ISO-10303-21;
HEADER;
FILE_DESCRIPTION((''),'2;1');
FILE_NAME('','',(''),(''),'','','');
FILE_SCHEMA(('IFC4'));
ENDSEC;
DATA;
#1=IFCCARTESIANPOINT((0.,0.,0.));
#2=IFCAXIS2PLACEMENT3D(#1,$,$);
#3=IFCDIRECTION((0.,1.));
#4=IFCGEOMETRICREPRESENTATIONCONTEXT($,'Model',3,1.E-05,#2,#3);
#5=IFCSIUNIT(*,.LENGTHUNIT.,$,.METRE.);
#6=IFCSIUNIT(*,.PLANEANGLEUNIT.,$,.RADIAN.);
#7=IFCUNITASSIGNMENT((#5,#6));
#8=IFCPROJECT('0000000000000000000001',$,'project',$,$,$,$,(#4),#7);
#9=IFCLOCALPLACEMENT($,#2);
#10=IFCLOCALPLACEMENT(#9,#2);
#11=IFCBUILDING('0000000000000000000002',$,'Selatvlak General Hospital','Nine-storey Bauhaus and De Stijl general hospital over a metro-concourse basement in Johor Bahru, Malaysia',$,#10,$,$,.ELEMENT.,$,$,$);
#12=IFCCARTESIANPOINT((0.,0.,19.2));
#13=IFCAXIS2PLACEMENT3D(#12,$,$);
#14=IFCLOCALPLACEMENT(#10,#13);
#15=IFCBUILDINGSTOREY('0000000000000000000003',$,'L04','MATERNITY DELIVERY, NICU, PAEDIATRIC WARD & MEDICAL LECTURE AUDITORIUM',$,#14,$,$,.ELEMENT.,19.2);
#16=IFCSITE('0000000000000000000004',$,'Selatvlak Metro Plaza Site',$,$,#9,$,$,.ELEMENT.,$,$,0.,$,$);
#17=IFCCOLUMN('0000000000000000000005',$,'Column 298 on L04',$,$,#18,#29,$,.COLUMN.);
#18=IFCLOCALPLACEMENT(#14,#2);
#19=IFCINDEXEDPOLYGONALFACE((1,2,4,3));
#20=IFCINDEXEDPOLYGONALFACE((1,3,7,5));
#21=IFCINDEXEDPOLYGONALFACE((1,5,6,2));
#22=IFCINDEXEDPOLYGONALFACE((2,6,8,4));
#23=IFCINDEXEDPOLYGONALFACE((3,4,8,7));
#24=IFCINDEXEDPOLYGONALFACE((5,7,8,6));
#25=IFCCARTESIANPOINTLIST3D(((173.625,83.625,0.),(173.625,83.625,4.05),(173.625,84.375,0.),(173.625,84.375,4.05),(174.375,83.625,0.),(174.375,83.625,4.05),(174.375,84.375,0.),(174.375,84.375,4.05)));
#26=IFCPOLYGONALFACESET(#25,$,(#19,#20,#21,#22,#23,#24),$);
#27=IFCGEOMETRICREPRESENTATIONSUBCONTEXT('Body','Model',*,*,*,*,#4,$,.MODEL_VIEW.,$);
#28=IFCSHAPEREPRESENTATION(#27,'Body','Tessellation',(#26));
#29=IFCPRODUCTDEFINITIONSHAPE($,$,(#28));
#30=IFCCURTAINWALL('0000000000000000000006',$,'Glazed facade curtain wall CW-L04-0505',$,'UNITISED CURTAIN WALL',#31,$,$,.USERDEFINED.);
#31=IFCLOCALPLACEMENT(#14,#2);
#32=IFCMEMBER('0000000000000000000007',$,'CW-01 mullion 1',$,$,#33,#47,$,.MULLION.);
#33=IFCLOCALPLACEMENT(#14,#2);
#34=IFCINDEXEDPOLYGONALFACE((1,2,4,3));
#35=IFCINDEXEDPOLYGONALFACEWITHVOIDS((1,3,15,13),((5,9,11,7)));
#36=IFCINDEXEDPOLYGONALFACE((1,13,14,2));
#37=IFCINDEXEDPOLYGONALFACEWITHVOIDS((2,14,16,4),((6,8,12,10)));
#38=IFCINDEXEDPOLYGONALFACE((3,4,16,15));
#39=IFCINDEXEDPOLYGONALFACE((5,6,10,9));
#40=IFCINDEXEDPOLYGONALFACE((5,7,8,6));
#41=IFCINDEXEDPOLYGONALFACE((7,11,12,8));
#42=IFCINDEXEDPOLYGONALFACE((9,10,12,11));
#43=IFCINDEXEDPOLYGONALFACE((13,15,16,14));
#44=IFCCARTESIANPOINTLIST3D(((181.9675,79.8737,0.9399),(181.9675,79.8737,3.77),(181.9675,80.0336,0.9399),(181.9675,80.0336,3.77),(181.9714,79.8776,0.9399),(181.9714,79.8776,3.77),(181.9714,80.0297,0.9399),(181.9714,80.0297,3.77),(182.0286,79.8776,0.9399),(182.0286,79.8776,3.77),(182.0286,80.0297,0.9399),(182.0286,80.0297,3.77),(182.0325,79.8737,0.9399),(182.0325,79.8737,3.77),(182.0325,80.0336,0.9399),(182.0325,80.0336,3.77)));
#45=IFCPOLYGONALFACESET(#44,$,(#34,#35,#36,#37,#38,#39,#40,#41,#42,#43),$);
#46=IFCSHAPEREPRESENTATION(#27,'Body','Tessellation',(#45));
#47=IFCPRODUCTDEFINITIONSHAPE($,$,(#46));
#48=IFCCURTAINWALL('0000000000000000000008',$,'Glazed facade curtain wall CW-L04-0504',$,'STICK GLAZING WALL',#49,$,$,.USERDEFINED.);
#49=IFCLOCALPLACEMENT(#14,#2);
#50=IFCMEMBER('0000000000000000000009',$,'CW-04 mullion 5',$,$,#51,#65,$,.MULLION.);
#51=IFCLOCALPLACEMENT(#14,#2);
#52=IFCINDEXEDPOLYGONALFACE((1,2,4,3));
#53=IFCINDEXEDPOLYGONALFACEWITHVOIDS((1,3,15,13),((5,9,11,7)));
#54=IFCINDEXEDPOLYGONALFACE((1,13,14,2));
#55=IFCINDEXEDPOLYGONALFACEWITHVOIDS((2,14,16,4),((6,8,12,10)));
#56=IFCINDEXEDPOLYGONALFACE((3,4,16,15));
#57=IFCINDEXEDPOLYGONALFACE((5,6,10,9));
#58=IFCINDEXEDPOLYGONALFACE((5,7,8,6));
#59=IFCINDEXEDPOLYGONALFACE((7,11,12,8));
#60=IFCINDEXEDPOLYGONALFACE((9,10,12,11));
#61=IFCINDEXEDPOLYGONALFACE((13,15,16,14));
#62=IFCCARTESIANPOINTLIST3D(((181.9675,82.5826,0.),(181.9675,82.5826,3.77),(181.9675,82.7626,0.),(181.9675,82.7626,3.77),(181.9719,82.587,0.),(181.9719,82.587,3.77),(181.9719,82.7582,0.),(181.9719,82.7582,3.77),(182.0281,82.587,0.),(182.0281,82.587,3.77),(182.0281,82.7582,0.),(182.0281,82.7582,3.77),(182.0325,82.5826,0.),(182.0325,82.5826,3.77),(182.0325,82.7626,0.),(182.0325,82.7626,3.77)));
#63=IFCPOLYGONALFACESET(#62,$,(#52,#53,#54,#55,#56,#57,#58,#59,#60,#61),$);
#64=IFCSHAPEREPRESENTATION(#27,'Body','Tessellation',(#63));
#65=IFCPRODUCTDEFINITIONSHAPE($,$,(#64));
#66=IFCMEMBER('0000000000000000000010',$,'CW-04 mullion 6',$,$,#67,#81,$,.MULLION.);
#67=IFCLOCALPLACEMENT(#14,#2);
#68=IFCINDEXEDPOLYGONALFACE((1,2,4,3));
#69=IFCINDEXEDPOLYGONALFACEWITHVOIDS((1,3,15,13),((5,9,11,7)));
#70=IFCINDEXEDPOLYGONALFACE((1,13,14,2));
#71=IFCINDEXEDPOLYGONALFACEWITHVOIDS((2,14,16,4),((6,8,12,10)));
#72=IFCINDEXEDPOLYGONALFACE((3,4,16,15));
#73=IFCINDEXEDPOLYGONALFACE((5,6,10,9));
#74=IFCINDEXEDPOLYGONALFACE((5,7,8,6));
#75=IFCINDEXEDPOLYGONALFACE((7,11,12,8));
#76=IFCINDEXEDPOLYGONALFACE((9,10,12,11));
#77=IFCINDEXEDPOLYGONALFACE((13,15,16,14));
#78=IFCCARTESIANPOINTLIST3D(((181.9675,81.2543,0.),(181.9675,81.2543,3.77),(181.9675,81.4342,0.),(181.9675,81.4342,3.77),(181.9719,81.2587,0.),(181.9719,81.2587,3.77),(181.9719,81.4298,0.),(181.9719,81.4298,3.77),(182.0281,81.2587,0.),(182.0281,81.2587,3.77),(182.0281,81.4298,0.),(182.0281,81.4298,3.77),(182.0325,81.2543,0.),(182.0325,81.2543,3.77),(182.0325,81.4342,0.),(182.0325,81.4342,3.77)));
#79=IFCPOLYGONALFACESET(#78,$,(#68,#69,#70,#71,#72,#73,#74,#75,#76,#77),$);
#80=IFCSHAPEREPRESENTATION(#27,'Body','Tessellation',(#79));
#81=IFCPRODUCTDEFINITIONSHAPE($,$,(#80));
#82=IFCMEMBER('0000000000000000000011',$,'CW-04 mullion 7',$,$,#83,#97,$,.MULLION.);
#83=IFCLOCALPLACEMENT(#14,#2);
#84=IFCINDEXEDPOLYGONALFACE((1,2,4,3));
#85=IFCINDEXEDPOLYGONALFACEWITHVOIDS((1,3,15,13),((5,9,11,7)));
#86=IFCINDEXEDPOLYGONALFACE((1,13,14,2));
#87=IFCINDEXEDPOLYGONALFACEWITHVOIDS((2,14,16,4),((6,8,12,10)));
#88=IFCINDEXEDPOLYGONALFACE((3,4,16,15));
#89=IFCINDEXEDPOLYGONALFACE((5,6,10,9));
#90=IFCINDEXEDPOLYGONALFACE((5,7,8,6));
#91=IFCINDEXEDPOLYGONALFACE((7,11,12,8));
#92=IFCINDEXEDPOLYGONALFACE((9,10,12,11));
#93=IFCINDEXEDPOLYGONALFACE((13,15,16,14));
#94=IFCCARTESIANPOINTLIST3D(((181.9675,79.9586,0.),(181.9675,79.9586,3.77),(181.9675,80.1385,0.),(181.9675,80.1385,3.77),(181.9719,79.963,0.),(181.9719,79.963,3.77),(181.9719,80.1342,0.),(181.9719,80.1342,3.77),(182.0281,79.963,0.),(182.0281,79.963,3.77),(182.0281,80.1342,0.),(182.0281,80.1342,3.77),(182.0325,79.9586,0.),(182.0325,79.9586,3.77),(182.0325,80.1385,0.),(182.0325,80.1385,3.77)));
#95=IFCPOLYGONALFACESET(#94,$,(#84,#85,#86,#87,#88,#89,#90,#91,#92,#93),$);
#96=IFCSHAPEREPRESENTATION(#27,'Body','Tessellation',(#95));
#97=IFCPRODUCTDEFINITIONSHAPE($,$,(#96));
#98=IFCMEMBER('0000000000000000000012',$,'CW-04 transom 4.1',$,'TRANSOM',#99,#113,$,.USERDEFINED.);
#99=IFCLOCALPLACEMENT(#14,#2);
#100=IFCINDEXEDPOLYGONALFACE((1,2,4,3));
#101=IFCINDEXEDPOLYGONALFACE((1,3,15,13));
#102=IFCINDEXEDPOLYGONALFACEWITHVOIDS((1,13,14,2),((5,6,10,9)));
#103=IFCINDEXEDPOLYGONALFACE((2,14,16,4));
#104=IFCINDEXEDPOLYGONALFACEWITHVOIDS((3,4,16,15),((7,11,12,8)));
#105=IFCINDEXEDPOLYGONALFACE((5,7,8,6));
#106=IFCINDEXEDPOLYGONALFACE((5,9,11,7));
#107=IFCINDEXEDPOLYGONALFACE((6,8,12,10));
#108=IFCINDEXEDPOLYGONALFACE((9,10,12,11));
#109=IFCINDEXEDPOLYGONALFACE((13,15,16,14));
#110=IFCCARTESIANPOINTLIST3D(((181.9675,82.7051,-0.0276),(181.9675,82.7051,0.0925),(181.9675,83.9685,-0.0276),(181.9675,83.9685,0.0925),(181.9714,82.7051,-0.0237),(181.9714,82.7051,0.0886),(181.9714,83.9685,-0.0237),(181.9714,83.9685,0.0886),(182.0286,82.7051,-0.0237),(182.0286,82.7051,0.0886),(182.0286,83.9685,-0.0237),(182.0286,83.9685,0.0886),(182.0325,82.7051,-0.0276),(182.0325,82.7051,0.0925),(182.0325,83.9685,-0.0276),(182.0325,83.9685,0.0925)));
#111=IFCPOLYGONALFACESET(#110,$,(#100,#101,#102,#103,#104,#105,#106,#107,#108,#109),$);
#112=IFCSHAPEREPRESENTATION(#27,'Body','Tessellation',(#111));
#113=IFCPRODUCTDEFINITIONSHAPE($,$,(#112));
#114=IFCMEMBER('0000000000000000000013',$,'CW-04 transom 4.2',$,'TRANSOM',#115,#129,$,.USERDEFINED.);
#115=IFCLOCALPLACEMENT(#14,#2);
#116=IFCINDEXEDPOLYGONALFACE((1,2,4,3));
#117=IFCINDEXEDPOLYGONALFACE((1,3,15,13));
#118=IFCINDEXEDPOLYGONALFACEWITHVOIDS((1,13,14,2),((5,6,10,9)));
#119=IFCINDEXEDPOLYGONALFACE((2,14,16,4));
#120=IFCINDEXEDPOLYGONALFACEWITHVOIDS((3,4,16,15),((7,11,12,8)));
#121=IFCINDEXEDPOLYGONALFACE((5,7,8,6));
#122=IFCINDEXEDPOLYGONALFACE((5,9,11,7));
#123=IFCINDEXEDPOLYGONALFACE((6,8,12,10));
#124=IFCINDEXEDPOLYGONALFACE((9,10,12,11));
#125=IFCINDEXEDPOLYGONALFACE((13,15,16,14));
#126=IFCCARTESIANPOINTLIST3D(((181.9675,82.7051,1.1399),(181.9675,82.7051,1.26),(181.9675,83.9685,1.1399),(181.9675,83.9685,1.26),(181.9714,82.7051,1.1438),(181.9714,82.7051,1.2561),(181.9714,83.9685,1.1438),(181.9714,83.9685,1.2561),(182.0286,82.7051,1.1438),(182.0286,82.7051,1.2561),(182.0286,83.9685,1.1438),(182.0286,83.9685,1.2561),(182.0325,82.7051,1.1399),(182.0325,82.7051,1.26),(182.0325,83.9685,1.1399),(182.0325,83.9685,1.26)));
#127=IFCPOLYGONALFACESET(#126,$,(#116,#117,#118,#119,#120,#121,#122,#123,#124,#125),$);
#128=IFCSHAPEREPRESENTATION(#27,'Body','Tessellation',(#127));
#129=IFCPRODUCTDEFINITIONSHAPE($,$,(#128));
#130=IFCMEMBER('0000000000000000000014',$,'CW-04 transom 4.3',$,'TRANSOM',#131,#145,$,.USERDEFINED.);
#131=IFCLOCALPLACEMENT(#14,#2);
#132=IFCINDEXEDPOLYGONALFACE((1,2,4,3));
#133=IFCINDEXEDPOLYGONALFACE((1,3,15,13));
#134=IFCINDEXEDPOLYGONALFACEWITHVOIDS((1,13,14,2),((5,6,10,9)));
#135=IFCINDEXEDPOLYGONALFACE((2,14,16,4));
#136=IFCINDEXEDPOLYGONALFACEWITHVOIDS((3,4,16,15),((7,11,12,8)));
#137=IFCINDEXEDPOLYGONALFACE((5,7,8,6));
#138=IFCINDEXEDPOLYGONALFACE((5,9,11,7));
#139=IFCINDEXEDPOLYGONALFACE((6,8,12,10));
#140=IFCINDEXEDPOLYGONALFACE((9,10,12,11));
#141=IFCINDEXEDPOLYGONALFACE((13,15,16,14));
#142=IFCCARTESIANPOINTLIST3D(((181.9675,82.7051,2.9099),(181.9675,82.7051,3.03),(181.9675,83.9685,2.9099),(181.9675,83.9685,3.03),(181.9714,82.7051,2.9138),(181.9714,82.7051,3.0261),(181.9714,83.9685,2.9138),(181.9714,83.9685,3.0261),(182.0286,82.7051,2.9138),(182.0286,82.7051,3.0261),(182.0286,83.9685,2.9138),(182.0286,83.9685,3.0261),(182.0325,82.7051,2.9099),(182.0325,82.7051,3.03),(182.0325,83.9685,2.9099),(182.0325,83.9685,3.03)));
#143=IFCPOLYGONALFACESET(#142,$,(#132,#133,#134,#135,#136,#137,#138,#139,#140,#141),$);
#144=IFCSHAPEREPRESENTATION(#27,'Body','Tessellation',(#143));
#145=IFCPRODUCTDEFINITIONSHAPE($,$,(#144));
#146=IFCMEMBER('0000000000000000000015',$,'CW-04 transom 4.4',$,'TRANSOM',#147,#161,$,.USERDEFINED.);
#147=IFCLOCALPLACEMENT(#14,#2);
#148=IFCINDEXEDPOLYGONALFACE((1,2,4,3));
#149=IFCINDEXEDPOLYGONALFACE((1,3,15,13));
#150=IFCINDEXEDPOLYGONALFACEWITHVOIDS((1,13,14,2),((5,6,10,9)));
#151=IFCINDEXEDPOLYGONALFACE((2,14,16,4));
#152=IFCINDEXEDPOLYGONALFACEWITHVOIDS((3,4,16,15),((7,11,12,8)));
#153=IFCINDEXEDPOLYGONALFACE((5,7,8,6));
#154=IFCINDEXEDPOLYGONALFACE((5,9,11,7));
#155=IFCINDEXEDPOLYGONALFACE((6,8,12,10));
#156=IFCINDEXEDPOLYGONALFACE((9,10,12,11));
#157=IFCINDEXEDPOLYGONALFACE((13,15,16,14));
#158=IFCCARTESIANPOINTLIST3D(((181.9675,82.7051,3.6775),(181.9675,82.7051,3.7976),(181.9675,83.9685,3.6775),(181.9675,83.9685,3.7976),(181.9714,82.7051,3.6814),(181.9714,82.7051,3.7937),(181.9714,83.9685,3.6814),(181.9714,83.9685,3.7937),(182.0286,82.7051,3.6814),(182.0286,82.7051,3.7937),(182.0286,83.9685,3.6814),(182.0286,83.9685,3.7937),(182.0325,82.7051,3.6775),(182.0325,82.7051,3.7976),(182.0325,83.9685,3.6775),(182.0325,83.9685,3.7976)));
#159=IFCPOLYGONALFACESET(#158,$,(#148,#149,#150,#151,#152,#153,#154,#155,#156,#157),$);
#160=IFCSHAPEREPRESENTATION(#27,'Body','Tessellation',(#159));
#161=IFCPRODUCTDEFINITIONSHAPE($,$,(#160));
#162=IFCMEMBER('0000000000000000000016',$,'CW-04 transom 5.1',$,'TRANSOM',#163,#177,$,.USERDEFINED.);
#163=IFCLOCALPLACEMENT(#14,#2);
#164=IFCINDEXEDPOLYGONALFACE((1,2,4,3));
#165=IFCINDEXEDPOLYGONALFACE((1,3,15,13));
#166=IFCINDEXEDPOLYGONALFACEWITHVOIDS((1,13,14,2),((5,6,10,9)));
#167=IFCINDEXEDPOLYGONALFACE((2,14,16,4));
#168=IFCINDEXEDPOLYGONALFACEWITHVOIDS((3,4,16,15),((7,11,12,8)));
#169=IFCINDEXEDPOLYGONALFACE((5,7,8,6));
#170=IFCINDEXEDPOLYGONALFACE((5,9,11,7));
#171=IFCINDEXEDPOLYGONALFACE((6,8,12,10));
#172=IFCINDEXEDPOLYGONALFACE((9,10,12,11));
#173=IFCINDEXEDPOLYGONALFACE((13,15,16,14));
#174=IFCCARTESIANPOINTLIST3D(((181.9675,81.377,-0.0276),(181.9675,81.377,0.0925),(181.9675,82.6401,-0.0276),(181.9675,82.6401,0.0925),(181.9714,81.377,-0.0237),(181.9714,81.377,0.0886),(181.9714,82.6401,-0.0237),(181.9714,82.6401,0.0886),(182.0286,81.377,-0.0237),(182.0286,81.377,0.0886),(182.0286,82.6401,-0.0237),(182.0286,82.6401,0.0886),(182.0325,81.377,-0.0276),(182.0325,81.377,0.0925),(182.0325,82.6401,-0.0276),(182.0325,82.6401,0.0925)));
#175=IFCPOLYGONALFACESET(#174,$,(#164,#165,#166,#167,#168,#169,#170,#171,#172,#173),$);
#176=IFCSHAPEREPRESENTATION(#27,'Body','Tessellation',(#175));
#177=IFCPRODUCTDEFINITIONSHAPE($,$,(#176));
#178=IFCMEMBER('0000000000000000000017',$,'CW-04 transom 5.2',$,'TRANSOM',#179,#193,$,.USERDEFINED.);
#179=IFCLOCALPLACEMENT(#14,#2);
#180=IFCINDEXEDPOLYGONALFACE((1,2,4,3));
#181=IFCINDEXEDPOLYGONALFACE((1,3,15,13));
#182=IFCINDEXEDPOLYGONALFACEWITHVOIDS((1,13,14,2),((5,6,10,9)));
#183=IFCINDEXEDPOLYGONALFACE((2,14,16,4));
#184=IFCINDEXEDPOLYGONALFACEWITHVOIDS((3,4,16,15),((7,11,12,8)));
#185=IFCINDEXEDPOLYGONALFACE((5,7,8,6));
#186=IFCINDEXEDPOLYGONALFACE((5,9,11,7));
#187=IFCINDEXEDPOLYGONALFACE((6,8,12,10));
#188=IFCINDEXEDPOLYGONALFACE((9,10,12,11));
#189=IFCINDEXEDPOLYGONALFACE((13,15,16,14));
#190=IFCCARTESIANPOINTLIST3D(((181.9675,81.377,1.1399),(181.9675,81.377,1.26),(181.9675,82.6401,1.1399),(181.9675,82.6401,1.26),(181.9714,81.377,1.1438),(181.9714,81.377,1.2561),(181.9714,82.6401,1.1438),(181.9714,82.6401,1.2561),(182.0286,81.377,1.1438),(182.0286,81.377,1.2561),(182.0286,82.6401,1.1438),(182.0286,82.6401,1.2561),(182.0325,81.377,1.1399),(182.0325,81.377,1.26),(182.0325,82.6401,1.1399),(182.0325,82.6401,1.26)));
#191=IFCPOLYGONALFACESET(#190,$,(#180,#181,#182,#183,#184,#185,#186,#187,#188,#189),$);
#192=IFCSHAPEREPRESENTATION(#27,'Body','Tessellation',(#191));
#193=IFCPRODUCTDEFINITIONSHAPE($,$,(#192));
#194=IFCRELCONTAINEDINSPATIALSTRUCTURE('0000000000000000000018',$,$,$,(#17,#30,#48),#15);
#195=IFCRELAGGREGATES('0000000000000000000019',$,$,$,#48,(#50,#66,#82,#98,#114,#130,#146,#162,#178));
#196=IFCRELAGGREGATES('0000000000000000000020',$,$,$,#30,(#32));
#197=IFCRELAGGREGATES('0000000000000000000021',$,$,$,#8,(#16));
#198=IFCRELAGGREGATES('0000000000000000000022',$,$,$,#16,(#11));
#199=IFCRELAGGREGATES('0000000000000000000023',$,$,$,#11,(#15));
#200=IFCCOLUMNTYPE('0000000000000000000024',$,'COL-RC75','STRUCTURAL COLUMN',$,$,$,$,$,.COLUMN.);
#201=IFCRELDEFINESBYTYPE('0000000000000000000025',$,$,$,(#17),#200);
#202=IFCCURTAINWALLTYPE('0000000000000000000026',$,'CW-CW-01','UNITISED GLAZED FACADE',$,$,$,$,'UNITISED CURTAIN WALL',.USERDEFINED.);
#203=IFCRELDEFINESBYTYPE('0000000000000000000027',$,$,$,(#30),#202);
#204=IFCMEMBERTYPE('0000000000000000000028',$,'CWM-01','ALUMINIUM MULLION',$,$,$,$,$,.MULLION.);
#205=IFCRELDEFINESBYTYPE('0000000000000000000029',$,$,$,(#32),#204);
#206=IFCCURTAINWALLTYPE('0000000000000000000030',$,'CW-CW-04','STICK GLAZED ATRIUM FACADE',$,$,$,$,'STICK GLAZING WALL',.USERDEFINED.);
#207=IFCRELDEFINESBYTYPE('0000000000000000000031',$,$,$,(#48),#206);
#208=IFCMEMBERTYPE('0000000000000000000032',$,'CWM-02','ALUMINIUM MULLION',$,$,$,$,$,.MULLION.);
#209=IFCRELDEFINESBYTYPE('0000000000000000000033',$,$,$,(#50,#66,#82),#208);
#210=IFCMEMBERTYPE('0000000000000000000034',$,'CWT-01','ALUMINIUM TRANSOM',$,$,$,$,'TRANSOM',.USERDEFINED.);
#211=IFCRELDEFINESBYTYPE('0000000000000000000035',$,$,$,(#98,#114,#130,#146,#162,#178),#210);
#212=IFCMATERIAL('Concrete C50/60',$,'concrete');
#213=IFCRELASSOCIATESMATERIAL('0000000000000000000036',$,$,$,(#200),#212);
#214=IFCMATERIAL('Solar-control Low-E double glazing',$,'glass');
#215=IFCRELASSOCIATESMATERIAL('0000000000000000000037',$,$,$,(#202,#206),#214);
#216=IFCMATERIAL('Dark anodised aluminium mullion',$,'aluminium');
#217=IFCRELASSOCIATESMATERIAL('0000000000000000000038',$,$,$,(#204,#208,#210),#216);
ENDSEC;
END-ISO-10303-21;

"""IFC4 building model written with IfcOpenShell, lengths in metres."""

from ifc_helpers import new_model, si_unit, direction, frame, origin, origin_2d, place, context, subcontext, project, spatial, rectangle, hollow_rectangle, extrude, material, material_profile, profile_set, type_object, element, aggregate, save


model = new_model("IFC4")

# Units and contexts
model_context = context("Model", 3, precision=1e-05, world=origin(), true_north=direction((0.0, 1.0)))
body_context = subcontext(model_context, "Body", "Model", "MODEL_VIEW")
ifc_project = project(units=[si_unit("LENGTHUNIT", "METRE"), si_unit("PLANEANGLEUNIT", "RADIAN")], contexts=[model_context])

# Site, building, storey
site_placement = place(None, origin())
site = spatial("IfcSite", under=ifc_project, at=site_placement, Name="Selatvlak Metro Plaza Site", CompositionType="ELEMENT", RefElevation=0.0)
building_placement = place(site_placement, origin())
building = spatial("IfcBuilding", under=site, at=building_placement, Name="Selatvlak General Hospital", Description="Nine-storey Bauhaus and De Stijl general hospital over a metro-concourse basement in Johor Bahru, Malaysia", CompositionType="ELEMENT")
storey_placement = place(building_placement, frame((0.0, 0.0, 19.2)))
storey = spatial("IfcBuildingStorey", under=building, at=storey_placement, Name="L04", Description="MATERNITY DELIVERY, NICU, PAEDIATRIC WARD & MEDICAL LECTURE AUDITORIUM", CompositionType="ELEMENT", Elevation=19.2)

# Column
ifc_material_1 = material(Name="Concrete C50/60", Category="concrete")
ifc_material_profile_1 = material_profile(ifc_material_1, rectangle(XDim=0.75, YDim=0.75, at=origin_2d()), Name="RC-COL 750x750")
ifc_profile_set_1 = profile_set([ifc_material_profile_1], Name="Concrete C50/60")
column_type = type_object("IfcColumnType", Name="COL-RC75", Description="STRUCTURAL COLUMN", PredefinedType="COLUMN", material=ifc_profile_set_1)
column_placement = place(storey_placement, frame((174.0, 84.0, 0.0), z_axis=(0.0, 0.0, 1.0), x_axis=(1.0, 0.0, 0.0)))
element("IfcColumn", 1, at=column_placement, inside=storey, type_object=column_type, Name="Column 298 on L04", PredefinedType="COLUMN", context=body_context, shape_type="SweptSolid", body=[
    extrude(rectangle(XDim=0.75, YDim=0.75, at=origin_2d()), origin(), (0.0, 0.0, 1.0), 4.05),
])

# Curtain wall, member
ifc_material_2 = material(Name="Solar-control Low-E double glazing", Category="glass")
curtain_wall_type_1 = type_object("IfcCurtainWallType", Name="CW-CW-01", Description="UNITISED GLAZED FACADE", ElementType="UNITISED CURTAIN WALL", PredefinedType="USERDEFINED", material=ifc_material_2)
curtain_wall_1_placement = place(storey_placement, origin())
curtain_wall_1 = element("IfcCurtainWall", 2, at=curtain_wall_1_placement, inside=storey, type_object=curtain_wall_type_1, Name="Glazed facade curtain wall CW-L04-0505", ObjectType="UNITISED CURTAIN WALL", PredefinedType="USERDEFINED")
ifc_material_3 = material(Name="Dark anodised aluminium mullion", Category="aluminium")
ifc_material_profile_2 = material_profile(ifc_material_3, hollow_rectangle(XDim=0.0649, YDim=0.1599, WallThickness=0.0039, at=origin_2d()), Name="AL-MUL 65x160x4")
ifc_profile_set_2 = profile_set([ifc_material_profile_2], Name="Dark anodised aluminium mullion")
member_type_1 = type_object("IfcMemberType", Name="CWM-01", Description="ALUMINIUM MULLION", PredefinedType="MULLION", material=ifc_profile_set_2)
member_1_placement = place(storey_placement, frame((182.0, 79.9536, 0.9399), z_axis=(0.0, 0.0, 1.0), x_axis=(1.0, 0.0, 0.0)))
member_1 = element("IfcMember", 3, at=member_1_placement, type_object=member_type_1, Name="CW-01 mullion 1", PredefinedType="MULLION", context=body_context, shape_type="SweptSolid", body=[
    extrude(hollow_rectangle(XDim=0.0649, YDim=0.1599, WallThickness=0.0039, at=origin_2d()), origin(), (0.0, 0.0, 1.0), 2.8301),
])

# Curtain wall, members
curtain_wall_type_2 = type_object("IfcCurtainWallType", Name="CW-CW-04", Description="STICK GLAZED ATRIUM FACADE", ElementType="STICK GLAZING WALL", PredefinedType="USERDEFINED", material=ifc_material_2)
curtain_wall_2_placement = place(storey_placement, origin())
curtain_wall_2 = element("IfcCurtainWall", 4, at=curtain_wall_2_placement, inside=storey, type_object=curtain_wall_type_2, Name="Glazed facade curtain wall CW-L04-0504", ObjectType="STICK GLAZING WALL", PredefinedType="USERDEFINED")
ifc_material_profile_3 = material_profile(ifc_material_3, hollow_rectangle(XDim=0.0649, YDim=0.1799, WallThickness=0.0044, at=origin_2d()), Name="AL-MUL 65x180x4.5")
ifc_profile_set_3 = profile_set([ifc_material_profile_3], Name="Dark anodised aluminium mullion")
member_type_2 = type_object("IfcMemberType", Name="CWM-02", Description="ALUMINIUM MULLION", PredefinedType="MULLION", material=ifc_profile_set_3)
member_2_placement = place(storey_placement, frame((182.0, 82.6726, 0.0), z_axis=(0.0, 0.0, 1.0), x_axis=(1.0, 0.0, 0.0)))
member_2 = element("IfcMember", 5, at=member_2_placement, type_object=member_type_2, Name="CW-04 mullion 5", PredefinedType="MULLION", context=body_context, shape_type="SweptSolid", body=[
    extrude(hollow_rectangle(XDim=0.0649, YDim=0.1799, WallThickness=0.0044, at=origin_2d()), origin(), (0.0, 0.0, 1.0), 3.77),
])
member_3_placement = place(storey_placement, frame((182.0, 81.3442, 0.0), z_axis=(0.0, 0.0, 1.0), x_axis=(1.0, 0.0, 0.0)))
member_3 = element("IfcMember", 6, at=member_3_placement, type_object=member_type_2, Name="CW-04 mullion 6", PredefinedType="MULLION", context=body_context, shape_type="SweptSolid", body=[
    extrude(hollow_rectangle(XDim=0.0649, YDim=0.1799, WallThickness=0.0044, at=origin_2d()), origin(), (0.0, 0.0, 1.0), 3.77),
])
member_4_placement = place(storey_placement, frame((182.0, 80.0486, 0.0), z_axis=(0.0, 0.0, 1.0), x_axis=(1.0, 0.0, 0.0)))
member_4 = element("IfcMember", 7, at=member_4_placement, type_object=member_type_2, Name="CW-04 mullion 7", PredefinedType="MULLION", context=body_context, shape_type="SweptSolid", body=[
    extrude(hollow_rectangle(XDim=0.0649, YDim=0.1799, WallThickness=0.0044, at=origin_2d()), origin(), (0.0, 0.0, 1.0), 3.77),
])
ifc_material_profile_4 = material_profile(ifc_material_3, hollow_rectangle(XDim=0.0649, YDim=0.1201, WallThickness=0.0039, at=origin_2d()), Name="AL-TRN 65x120x4")
ifc_profile_set_4 = profile_set([ifc_material_profile_4], Name="Dark anodised aluminium mullion")
member_type_3 = type_object("IfcMemberType", Name="CWT-01", Description="ALUMINIUM TRANSOM", ElementType="TRANSOM", PredefinedType="USERDEFINED", material=ifc_profile_set_4)
member_5_placement = place(storey_placement, frame((182.0, 83.9685, 0.0325), z_axis=(0.0, -1.0, 0.0), x_axis=(1.0, 0.0, 0.0)))
member_5 = element("IfcMember", 8, at=member_5_placement, type_object=member_type_3, Name="CW-04 transom 4.1", ObjectType="TRANSOM", PredefinedType="USERDEFINED", context=body_context, shape_type="SweptSolid", body=[
    extrude(hollow_rectangle(XDim=0.0649, YDim=0.1201, WallThickness=0.0039, at=origin_2d()), origin(), (0.0, 0.0, 1.0), 1.2634),
])
member_6_placement = place(storey_placement, frame((182.0, 83.9685, 1.2), z_axis=(0.0, -1.0, 0.0), x_axis=(1.0, 0.0, 0.0)))
member_6 = element("IfcMember", 9, at=member_6_placement, type_object=member_type_3, Name="CW-04 transom 4.2", ObjectType="TRANSOM", PredefinedType="USERDEFINED", context=body_context, shape_type="SweptSolid", body=[
    extrude(hollow_rectangle(XDim=0.0649, YDim=0.1201, WallThickness=0.0039, at=origin_2d()), origin(), (0.0, 0.0, 1.0), 1.2634),
])
member_7_placement = place(storey_placement, frame((182.0, 83.9685, 2.97), z_axis=(0.0, -1.0, 0.0), x_axis=(1.0, 0.0, 0.0)))
member_7 = element("IfcMember", 10, at=member_7_placement, type_object=member_type_3, Name="CW-04 transom 4.3", ObjectType="TRANSOM", PredefinedType="USERDEFINED", context=body_context, shape_type="SweptSolid", body=[
    extrude(hollow_rectangle(XDim=0.0649, YDim=0.1201, WallThickness=0.0039, at=origin_2d()), origin(), (0.0, 0.0, 1.0), 1.2634),
])
member_8_placement = place(storey_placement, frame((182.0, 83.9685, 3.7375), z_axis=(0.0, -1.0, 0.0), x_axis=(1.0, 0.0, 0.0)))
member_8 = element("IfcMember", 11, at=member_8_placement, type_object=member_type_3, Name="CW-04 transom 4.4", ObjectType="TRANSOM", PredefinedType="USERDEFINED", context=body_context, shape_type="SweptSolid", body=[
    extrude(hollow_rectangle(XDim=0.0649, YDim=0.1201, WallThickness=0.0039, at=origin_2d()), origin(), (0.0, 0.0, 1.0), 1.2634),
])
member_9_placement = place(storey_placement, frame((182.0, 82.6401, 0.0325), z_axis=(0.0, -1.0, 0.0), x_axis=(1.0, 0.0, 0.0)))
member_9 = element("IfcMember", 12, at=member_9_placement, type_object=member_type_3, Name="CW-04 transom 5.1", ObjectType="TRANSOM", PredefinedType="USERDEFINED", context=body_context, shape_type="SweptSolid", body=[
    extrude(hollow_rectangle(XDim=0.0649, YDim=0.1201, WallThickness=0.0039, at=origin_2d()), origin(), (0.0, 0.0, 1.0), 1.2632),
])
member_10_placement = place(storey_placement, frame((182.0, 82.6401, 1.2), z_axis=(0.0, -1.0, 0.0), x_axis=(1.0, 0.0, 0.0)))
member_10 = element("IfcMember", 13, at=member_10_placement, type_object=member_type_3, Name="CW-04 transom 5.2", ObjectType="TRANSOM", PredefinedType="USERDEFINED", context=body_context, shape_type="SweptSolid", body=[
    extrude(hollow_rectangle(XDim=0.0649, YDim=0.1201, WallThickness=0.0039, at=origin_2d()), origin(), (0.0, 0.0, 1.0), 1.2632),
])

aggregate(curtain_wall_2, [member_2, member_3, member_4, member_5, member_6, member_7, member_8, member_9, member_10])
aggregate(curtain_wall_1, [member_1])

save(model, "model.ifc")
